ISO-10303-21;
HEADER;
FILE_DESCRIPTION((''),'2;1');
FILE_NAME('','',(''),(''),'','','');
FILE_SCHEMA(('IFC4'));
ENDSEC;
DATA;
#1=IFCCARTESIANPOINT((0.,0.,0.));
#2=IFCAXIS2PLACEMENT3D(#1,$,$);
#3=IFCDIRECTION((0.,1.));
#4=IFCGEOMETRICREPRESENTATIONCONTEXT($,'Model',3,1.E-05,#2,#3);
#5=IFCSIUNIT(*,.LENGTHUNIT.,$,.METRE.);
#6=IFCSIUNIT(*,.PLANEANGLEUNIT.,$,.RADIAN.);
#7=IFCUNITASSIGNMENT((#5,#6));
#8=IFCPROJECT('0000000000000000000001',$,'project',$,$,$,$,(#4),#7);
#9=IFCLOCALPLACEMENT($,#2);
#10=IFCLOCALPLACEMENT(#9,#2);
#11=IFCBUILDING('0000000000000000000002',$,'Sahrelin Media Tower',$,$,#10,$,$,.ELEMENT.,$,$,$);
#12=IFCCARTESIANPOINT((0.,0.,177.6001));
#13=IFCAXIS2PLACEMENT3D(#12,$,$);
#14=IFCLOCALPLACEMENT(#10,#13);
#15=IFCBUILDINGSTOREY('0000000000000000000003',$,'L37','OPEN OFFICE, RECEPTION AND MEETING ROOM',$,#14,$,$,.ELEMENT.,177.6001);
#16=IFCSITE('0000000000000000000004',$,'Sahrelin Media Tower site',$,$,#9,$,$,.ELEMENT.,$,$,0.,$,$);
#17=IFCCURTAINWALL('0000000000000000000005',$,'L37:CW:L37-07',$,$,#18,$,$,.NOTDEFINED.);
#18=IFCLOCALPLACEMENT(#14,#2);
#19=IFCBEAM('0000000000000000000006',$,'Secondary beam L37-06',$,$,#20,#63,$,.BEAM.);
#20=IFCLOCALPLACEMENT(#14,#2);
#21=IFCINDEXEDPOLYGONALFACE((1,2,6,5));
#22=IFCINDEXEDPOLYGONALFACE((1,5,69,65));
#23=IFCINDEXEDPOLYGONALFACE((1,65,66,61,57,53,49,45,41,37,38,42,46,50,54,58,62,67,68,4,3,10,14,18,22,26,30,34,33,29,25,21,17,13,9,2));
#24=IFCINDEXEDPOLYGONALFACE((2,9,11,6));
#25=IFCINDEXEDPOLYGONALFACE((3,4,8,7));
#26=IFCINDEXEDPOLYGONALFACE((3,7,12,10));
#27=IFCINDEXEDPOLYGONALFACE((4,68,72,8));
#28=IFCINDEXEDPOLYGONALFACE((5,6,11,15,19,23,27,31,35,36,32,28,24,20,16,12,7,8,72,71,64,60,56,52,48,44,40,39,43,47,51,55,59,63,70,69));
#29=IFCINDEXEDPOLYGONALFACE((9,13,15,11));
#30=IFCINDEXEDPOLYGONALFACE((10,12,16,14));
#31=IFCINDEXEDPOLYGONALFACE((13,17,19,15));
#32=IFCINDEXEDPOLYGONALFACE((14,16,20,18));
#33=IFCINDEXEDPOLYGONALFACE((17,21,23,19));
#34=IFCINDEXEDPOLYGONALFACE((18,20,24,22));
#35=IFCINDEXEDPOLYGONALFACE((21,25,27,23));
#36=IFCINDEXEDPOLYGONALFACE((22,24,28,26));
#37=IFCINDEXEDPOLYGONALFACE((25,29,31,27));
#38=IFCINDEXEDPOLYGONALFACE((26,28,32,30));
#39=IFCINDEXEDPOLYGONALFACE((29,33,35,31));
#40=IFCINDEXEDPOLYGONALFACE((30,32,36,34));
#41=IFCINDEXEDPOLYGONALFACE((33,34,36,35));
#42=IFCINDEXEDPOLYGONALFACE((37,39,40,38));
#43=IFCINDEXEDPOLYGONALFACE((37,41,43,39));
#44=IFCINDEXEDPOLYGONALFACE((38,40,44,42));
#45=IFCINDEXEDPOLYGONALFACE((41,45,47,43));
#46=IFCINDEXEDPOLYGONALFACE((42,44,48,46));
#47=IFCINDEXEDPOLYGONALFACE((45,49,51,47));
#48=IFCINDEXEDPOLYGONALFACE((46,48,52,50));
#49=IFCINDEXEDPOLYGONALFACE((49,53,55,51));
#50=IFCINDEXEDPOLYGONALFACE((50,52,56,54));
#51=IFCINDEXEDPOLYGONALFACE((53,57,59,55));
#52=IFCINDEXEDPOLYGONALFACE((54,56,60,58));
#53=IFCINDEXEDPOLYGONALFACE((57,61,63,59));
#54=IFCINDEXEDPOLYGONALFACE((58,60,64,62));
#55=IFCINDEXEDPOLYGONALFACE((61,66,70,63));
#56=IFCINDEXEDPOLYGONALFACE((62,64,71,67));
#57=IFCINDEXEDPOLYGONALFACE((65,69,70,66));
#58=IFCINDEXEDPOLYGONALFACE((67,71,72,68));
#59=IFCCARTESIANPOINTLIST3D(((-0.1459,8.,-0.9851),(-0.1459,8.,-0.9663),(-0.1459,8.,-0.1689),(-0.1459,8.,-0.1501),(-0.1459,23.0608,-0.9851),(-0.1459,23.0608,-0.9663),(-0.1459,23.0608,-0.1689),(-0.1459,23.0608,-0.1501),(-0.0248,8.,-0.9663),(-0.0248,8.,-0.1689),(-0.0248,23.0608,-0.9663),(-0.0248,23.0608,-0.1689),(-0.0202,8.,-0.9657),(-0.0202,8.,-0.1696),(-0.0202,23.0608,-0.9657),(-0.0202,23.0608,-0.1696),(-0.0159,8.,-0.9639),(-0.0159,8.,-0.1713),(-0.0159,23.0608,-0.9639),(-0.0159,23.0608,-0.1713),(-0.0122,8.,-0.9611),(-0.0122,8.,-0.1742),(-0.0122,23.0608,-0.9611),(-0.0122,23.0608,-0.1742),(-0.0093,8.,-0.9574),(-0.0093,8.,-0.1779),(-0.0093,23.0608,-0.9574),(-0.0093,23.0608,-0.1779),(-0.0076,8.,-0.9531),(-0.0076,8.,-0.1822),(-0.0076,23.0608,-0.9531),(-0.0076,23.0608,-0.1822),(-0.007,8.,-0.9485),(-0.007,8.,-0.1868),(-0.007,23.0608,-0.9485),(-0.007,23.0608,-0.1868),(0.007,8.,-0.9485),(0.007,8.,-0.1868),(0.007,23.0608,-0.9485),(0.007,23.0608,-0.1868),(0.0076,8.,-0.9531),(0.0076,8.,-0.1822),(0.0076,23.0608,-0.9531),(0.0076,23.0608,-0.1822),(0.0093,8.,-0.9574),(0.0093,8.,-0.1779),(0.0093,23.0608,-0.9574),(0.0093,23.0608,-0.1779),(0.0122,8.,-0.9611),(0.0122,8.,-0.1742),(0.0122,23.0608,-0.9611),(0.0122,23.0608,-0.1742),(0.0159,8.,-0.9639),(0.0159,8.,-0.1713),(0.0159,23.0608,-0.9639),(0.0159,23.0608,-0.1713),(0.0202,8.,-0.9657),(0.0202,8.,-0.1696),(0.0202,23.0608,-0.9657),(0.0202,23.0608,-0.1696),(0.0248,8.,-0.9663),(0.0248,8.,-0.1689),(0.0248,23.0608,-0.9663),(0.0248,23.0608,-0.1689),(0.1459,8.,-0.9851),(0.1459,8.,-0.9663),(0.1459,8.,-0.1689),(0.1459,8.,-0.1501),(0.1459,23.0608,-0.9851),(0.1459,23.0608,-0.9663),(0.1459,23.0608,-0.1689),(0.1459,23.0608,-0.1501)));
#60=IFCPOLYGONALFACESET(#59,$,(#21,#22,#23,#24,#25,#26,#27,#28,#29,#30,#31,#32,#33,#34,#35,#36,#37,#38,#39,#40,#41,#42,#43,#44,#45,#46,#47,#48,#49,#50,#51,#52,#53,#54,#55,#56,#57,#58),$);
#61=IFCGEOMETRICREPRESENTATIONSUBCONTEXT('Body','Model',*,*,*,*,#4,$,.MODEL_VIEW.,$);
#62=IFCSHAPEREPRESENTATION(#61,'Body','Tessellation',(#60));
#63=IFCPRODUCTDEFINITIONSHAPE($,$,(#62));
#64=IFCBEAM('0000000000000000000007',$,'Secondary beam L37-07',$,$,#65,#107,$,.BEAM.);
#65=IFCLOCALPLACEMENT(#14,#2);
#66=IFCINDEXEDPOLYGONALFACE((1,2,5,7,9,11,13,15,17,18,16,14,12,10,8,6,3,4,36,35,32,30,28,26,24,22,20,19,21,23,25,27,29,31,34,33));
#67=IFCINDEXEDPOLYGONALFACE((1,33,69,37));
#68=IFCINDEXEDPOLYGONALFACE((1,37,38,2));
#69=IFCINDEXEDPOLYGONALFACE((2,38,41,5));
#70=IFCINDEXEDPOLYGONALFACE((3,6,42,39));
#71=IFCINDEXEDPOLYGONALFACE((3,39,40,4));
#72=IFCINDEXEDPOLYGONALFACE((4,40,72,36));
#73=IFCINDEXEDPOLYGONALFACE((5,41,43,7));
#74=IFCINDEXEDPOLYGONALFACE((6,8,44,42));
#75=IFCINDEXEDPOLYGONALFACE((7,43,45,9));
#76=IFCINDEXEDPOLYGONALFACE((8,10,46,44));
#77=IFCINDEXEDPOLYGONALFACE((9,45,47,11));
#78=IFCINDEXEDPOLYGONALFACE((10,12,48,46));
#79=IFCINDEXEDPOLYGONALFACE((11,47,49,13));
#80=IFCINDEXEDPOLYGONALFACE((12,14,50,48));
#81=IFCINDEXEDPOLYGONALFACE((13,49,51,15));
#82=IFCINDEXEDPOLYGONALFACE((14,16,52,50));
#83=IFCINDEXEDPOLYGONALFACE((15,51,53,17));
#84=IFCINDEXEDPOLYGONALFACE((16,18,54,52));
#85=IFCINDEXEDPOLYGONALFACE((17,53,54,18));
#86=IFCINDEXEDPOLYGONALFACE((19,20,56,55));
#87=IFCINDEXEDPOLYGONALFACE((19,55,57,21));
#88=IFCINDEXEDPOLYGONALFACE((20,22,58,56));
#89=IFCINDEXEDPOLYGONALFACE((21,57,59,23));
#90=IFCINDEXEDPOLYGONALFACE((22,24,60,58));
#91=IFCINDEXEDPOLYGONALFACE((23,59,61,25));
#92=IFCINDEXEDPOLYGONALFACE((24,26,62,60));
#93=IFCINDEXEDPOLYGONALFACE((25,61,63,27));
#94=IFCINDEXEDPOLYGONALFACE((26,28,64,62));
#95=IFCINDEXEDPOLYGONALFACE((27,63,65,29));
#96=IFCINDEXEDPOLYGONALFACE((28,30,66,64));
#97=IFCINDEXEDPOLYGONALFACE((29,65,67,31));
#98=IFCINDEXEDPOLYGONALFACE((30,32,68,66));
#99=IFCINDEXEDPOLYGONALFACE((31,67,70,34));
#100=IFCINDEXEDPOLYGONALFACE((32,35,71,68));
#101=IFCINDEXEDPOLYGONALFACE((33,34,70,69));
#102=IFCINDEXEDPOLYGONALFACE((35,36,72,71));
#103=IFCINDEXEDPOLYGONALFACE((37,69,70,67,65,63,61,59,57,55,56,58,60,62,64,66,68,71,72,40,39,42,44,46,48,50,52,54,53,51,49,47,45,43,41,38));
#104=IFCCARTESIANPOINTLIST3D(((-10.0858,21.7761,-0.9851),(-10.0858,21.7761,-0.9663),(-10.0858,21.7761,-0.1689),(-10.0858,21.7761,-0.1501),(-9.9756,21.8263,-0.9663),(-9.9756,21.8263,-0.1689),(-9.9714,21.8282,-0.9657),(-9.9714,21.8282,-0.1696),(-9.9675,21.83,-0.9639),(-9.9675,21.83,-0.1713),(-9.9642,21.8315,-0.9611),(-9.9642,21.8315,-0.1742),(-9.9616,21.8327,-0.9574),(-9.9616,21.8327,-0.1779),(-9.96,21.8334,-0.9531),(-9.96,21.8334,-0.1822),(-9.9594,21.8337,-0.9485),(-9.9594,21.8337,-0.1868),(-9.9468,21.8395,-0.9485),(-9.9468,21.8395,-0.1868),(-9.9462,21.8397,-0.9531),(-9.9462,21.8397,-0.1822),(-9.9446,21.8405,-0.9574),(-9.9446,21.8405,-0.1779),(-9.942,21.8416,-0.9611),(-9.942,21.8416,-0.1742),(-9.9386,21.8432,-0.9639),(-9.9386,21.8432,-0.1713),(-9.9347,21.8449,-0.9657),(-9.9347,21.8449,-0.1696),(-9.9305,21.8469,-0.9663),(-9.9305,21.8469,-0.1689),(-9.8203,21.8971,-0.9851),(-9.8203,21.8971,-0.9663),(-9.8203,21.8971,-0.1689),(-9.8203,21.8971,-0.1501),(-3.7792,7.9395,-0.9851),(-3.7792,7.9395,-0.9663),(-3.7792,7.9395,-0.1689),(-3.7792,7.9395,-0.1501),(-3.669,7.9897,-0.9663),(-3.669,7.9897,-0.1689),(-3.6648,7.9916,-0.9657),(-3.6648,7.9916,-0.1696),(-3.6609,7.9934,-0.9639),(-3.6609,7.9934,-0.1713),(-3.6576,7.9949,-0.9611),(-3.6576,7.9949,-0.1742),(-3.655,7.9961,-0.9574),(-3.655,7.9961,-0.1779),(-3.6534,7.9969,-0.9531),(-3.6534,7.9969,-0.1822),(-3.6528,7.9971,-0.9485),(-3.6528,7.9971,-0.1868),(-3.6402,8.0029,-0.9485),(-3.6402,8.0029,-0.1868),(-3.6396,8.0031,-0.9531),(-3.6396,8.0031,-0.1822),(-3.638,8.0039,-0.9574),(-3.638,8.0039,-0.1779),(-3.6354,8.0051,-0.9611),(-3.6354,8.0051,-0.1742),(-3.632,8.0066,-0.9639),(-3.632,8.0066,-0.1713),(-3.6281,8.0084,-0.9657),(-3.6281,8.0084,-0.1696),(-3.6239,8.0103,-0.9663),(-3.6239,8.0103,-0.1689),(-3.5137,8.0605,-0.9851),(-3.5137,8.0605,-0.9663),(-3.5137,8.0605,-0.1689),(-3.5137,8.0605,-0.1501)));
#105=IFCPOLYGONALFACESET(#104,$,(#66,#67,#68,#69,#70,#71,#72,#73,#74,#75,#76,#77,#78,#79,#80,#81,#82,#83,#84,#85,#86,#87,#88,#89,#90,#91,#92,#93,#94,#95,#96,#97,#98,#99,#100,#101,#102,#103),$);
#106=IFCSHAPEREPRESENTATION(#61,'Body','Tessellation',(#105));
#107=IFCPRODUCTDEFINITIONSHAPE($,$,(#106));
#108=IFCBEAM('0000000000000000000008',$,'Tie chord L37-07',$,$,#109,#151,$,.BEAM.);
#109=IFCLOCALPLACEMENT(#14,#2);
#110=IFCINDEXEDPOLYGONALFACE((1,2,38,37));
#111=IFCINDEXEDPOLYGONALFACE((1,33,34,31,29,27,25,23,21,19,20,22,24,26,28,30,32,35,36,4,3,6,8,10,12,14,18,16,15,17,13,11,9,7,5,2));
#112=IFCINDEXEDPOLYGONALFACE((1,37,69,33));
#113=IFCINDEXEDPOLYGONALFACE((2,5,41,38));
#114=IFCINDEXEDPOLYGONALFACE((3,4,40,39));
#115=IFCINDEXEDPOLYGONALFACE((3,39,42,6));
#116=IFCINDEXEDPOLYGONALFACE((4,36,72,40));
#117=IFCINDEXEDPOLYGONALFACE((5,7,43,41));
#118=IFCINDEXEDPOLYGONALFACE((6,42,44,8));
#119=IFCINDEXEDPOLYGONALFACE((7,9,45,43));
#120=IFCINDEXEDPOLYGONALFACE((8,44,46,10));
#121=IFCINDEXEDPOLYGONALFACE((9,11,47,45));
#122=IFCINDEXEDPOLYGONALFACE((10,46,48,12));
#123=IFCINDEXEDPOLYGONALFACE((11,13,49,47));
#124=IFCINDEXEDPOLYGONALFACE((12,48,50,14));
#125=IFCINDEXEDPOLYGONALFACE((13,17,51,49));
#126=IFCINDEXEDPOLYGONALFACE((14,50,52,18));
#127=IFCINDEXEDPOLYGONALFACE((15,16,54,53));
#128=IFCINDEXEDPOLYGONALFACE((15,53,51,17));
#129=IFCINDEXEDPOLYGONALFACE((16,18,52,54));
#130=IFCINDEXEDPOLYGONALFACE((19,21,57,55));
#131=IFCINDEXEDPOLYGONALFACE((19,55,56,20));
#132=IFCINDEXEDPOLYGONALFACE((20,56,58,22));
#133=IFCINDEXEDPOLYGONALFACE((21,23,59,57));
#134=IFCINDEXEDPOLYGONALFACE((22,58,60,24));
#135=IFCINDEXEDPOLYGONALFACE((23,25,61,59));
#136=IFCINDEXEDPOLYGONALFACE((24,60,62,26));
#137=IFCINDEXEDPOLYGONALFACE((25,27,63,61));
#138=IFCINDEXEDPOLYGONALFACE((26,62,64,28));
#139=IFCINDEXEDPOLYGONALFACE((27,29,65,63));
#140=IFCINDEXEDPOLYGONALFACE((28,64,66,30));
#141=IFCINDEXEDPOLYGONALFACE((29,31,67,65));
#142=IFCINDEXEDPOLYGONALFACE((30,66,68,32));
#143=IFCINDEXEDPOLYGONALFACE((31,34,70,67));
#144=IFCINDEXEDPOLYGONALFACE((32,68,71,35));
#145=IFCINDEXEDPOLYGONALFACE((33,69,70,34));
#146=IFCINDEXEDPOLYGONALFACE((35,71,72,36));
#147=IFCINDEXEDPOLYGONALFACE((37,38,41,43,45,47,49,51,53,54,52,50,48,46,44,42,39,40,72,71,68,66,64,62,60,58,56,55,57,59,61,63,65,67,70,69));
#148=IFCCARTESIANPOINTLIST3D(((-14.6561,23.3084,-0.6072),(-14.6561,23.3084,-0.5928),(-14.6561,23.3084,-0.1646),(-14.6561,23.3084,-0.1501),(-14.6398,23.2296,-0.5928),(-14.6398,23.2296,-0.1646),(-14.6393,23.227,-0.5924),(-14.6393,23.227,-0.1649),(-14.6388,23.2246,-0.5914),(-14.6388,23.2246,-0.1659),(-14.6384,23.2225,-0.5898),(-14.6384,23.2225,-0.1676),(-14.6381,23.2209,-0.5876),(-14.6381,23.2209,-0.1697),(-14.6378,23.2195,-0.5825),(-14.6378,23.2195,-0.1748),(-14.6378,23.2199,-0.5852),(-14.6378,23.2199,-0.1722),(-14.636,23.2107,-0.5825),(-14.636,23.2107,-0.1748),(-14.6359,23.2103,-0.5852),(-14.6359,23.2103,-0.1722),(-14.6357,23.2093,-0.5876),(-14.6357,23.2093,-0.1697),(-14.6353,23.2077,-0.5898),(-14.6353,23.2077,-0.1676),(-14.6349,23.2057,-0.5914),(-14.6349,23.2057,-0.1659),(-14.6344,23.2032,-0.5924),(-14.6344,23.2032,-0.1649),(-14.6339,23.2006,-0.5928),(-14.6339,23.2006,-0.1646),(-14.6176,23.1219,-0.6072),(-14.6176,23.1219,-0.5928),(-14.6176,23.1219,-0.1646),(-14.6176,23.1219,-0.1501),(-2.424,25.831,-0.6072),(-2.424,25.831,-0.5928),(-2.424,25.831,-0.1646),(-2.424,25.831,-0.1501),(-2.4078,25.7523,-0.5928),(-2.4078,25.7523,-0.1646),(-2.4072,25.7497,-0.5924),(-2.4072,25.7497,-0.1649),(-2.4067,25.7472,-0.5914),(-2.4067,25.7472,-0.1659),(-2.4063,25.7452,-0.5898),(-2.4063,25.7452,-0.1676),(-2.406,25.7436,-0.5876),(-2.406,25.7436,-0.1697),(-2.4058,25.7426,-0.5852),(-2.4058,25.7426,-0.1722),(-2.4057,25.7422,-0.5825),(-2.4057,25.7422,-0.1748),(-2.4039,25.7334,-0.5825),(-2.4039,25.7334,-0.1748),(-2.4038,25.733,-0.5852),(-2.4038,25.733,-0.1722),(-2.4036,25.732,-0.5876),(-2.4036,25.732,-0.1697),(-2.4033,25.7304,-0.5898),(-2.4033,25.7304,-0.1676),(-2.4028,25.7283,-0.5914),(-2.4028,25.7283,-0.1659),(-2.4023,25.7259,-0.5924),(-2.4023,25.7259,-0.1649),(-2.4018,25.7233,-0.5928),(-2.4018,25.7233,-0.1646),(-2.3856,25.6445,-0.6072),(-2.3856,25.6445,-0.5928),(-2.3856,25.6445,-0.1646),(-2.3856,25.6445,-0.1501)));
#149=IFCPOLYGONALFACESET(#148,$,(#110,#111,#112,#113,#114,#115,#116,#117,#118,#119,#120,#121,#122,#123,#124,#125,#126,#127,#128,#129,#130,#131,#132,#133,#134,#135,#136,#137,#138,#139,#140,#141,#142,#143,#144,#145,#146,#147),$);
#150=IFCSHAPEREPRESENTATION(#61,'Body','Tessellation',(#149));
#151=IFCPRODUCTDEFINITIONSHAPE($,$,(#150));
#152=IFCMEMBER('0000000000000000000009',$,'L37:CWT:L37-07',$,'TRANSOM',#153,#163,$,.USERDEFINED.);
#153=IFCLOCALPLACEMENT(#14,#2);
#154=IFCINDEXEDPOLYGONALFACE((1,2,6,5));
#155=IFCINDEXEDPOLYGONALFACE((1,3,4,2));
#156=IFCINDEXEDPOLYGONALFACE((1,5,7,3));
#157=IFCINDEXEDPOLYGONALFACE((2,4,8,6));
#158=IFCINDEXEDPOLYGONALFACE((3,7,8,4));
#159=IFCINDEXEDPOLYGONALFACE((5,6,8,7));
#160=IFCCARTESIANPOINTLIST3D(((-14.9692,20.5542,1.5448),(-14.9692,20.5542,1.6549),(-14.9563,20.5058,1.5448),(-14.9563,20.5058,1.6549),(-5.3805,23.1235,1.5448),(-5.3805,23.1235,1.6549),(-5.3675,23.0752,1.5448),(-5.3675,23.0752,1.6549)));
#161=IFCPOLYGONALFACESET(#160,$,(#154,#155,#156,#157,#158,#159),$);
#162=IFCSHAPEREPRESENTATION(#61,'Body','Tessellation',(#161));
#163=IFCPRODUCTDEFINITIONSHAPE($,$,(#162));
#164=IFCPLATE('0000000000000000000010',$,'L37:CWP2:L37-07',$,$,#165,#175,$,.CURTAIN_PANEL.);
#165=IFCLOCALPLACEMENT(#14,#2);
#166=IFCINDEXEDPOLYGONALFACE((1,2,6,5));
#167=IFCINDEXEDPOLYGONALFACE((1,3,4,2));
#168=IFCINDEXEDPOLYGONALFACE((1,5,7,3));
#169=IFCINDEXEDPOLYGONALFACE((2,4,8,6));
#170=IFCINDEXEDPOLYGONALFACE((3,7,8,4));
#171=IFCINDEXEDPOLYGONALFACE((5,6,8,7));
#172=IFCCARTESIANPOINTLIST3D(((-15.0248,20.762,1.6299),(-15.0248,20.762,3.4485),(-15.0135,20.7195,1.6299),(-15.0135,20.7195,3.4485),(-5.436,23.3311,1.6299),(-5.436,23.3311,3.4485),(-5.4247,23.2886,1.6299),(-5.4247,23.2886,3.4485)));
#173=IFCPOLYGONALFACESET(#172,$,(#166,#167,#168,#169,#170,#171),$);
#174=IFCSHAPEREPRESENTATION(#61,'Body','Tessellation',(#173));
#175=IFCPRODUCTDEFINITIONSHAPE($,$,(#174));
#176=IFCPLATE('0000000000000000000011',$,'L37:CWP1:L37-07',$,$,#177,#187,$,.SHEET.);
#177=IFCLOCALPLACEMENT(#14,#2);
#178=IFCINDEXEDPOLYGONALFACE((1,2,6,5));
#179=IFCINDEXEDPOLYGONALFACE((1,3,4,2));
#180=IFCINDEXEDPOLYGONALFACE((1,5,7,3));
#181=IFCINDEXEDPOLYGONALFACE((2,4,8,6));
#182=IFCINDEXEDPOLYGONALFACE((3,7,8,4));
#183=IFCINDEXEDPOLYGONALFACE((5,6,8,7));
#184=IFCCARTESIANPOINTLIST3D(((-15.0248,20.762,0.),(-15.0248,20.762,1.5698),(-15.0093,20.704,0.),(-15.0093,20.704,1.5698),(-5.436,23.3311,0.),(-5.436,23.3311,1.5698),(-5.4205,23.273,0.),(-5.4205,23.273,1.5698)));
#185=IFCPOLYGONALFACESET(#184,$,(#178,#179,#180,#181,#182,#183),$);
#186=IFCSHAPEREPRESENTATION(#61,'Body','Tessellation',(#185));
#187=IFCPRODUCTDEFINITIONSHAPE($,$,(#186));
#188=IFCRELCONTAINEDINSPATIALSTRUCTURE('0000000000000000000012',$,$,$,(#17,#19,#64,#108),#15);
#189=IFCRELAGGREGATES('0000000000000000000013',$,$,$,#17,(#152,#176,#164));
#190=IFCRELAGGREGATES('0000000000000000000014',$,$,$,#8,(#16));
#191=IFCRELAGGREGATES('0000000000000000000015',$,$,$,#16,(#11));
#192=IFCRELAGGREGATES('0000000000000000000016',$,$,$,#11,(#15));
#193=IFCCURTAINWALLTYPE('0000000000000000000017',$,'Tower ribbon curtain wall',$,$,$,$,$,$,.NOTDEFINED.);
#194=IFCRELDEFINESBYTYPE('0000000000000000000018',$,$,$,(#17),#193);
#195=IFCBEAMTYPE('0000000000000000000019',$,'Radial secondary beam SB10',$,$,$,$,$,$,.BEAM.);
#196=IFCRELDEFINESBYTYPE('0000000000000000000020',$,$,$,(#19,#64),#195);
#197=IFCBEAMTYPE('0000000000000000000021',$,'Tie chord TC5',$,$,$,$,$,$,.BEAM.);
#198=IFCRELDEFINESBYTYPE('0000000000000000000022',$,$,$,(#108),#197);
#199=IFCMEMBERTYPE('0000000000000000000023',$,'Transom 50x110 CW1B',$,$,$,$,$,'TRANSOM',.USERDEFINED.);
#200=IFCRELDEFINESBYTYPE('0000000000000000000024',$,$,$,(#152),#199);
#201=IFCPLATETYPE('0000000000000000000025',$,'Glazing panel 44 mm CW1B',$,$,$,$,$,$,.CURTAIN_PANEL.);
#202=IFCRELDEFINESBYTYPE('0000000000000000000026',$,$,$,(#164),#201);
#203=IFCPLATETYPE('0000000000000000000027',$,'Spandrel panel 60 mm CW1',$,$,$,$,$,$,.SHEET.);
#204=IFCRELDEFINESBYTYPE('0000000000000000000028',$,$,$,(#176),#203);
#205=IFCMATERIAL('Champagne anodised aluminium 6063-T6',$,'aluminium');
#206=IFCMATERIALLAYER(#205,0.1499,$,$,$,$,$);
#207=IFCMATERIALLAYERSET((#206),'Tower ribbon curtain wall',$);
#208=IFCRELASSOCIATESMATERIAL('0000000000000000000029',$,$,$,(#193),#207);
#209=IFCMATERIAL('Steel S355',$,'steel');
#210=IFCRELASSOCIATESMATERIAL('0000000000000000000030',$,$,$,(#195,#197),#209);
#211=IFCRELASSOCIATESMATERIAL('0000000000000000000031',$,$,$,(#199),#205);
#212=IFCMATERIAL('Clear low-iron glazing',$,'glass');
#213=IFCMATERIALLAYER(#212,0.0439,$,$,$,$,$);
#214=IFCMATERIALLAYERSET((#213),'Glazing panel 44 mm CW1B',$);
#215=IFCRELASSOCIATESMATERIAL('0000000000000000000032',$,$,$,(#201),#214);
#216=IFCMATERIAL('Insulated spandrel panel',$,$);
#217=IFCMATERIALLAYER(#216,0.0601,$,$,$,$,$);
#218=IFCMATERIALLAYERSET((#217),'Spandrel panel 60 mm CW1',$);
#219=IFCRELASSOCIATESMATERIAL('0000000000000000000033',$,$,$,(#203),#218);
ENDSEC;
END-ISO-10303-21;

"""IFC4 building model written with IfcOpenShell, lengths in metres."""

from ifc_helpers import new_model, si_unit, direction, frame, origin, origin_2d, place, context, subcontext, project, spatial, polyline, rectangle, i_section, outline, extrude, material, layer, layer_set, material_profile, profile_set, type_object, element, aggregate, save


model = new_model("IFC4")

# Units and contexts
model_context = context("Model", 3, precision=1e-05, world=origin(), true_north=direction((0.0, 1.0)))
body_context = subcontext(model_context, "Body", "Model", "MODEL_VIEW")
ifc_project = project(units=[si_unit("LENGTHUNIT", "METRE"), si_unit("PLANEANGLEUNIT", "RADIAN")], contexts=[model_context])

# Site, building, storey
site_placement = place(None, origin())
site = spatial("IfcSite", under=ifc_project, at=site_placement, Name="Sahrelin Media Tower site", CompositionType="ELEMENT", RefElevation=0.0)
building_placement = place(site_placement, origin())
building = spatial("IfcBuilding", under=site, at=building_placement, Name="Sahrelin Media Tower", CompositionType="ELEMENT")
storey_placement = place(building_placement, frame((0.0, 0.0, 177.6001)))
storey = spatial("IfcBuildingStorey", under=building, at=storey_placement, Name="L37", Description="OPEN OFFICE, RECEPTION AND MEETING ROOM", CompositionType="ELEMENT", Elevation=177.6001)

# Shared definitions
ifc_material_1 = material(Name="Steel S355", Category="steel")

# Curtain wall
ifc_material_2 = material(Name="Champagne anodised aluminium 6063-T6", Category="aluminium")
ifc_layer_1 = layer(ifc_material_2, 0.1499)
ifc_layer_set_1 = layer_set([ifc_layer_1], Name="Tower ribbon curtain wall")
curtain_wall_type = type_object("IfcCurtainWallType", Name="Tower ribbon curtain wall", PredefinedType="NOTDEFINED", material=ifc_layer_set_1)
curtain_wall_1_placement = place(storey_placement, frame((-10.2251, 22.0271, 0.0), z_axis=(0.0, 0.0, 1.0), x_axis=(1.0, 0.0, 0.0)))
curtain_wall_1 = element("IfcCurtainWall", 1, at=curtain_wall_1_placement, inside=storey, type_object=curtain_wall_type, Name="L37:CW:L37-07", PredefinedType="NOTDEFINED")

# Beams
ifc_material_profile_1 = material_profile(ifc_material_1, i_section(OverallWidth=0.2917, OverallDepth=0.835, WebThickness=0.0139, FlangeThickness=0.0188, FilletRadius=0.0178, at=origin_2d()), Name="UB 838x292x176")
ifc_profile_set_1 = profile_set([ifc_material_profile_1], Name="Steel S355")
beam_type_1 = type_object("IfcBeamType", Name="Radial secondary beam SB10", PredefinedType="BEAM", material=ifc_profile_set_1)
beam_1_placement = place(storey_placement, frame((0.0, 8.0, -0.5676), z_axis=(0.0, 1.0, 0.0), x_axis=(-1.0, 0.0, 0.0)))
element("IfcBeam", 2, at=beam_1_placement, inside=storey, type_object=beam_type_1, Name="Secondary beam L37-06", PredefinedType="BEAM", context=body_context, shape_type="SweptSolid", body=[
    extrude(i_section(OverallWidth=0.2917, OverallDepth=0.835, WebThickness=0.0139, FlangeThickness=0.0188, FilletRadius=0.0178, at=origin_2d()), origin(), (0.0, 0.0, 1.0), 15.0608),
])
beam_2_placement = place(storey_placement, frame((-3.6465, 8.0, -0.5676), z_axis=(-0.414743, 0.909939, 0.0), x_axis=(-0.909939, -0.414743, 0.0)))
element("IfcBeam", 3, at=beam_2_placement, inside=storey, type_object=beam_type_1, Name="Secondary beam L37-07", PredefinedType="BEAM", context=body_context, shape_type="SweptSolid", body=[
    extrude(i_section(OverallWidth=0.2917, OverallDepth=0.835, WebThickness=0.0139, FlangeThickness=0.0188, FilletRadius=0.0178, at=origin_2d()), origin(), (0.0, 0.0, 1.0), 15.2061),
])
ifc_material_profile_2 = material_profile(ifc_material_1, i_section(OverallWidth=0.1904, OverallDepth=0.457, WebThickness=0.009, FlangeThickness=0.0144, FilletRadius=0.0103, at=origin_2d()), Name="UB 457x191x74")
ifc_profile_set_2 = profile_set([ifc_material_profile_2], Name="Steel S355")
beam_type_2 = type_object("IfcBeamType", Name="Tie chord TC5", PredefinedType="BEAM", material=ifc_profile_set_2)
beam_3_placement = place(storey_placement, frame((-2.4048, 25.7378, -0.3787), z_axis=(-0.979389, -0.201984, 0.0), x_axis=(0.201984, -0.979389, 0.0)))
element("IfcBeam", 4, at=beam_3_placement, inside=storey, type_object=beam_type_2, Name="Tie chord L37-07", PredefinedType="BEAM", context=body_context, shape_type="SweptSolid", body=[
    extrude(i_section(OverallWidth=0.1904, OverallDepth=0.457, WebThickness=0.009, FlangeThickness=0.0144, FilletRadius=0.0103, at=origin_2d()), origin(), (0.0, 0.0, 1.0), 12.4895),
])

# Member
ifc_material_profile_3 = material_profile(ifc_material_2, rectangle(XDim=0.05, YDim=0.1101, at=origin_2d()), Name="Transom 50x110")
ifc_profile_set_3 = profile_set([ifc_material_profile_3], Name="Champagne anodised aluminium 6063-T6")
member_type_1 = type_object("IfcMemberType", Name="Transom 50x110 CW1B", ElementType="TRANSOM", PredefinedType="USERDEFINED", material=ifc_profile_set_3)
member_1_placement = place(storey_placement, frame((-5.374, 23.0994, 1.5999), z_axis=(-0.965924, -0.258826, 0.0), x_axis=(0.258826, -0.965924, 0.0)))
member_1 = element("IfcMember", 5, at=member_1_placement, type_object=member_type_1, Name="L37:CWT:L37-07", ObjectType="TRANSOM", PredefinedType="USERDEFINED", context=body_context, shape_type="SweptSolid", body=[
    extrude(rectangle(XDim=0.05, YDim=0.1101, at=origin_2d()), origin(), (0.0, 0.0, 1.0), 9.927),
])

# Plates
ifc_material_3 = material(Name="Clear low-iron glazing", Category="glass")
ifc_layer_2 = layer(ifc_material_3, 0.0439)
ifc_layer_set_2 = layer_set([ifc_layer_2], Name="Glazing panel 44 mm CW1B")
plate_type_1 = type_object("IfcPlateType", Name="Glazing panel 44 mm CW1B", PredefinedType="CURTAIN_PANEL", material=ifc_layer_set_2)
plate_1_placement = place(storey_placement, frame((-5.436, 23.3311, 1.6299), z_axis=(-0.258797, 0.965932, 0.0), x_axis=(-0.965932, -0.258797, 0.0)))
plate_1 = element("IfcPlate", 6, at=plate_1_placement, type_object=plate_type_1, Name="L37:CWP2:L37-07", PredefinedType="CURTAIN_PANEL", context=body_context, shape_type="SweptSolid", body=[
    extrude(outline(polyline([(0.0, 0.0), (9.927, 0.0), (9.927, 1.8186), (0.0, 1.8186), (0.0, 0.0)])), origin(), (0.0, 0.0, -1.0), 0.0439),
])
ifc_material_4 = material(Name="Insulated spandrel panel")
ifc_layer_3 = layer(ifc_material_4, 0.0601)
ifc_layer_set_3 = layer_set([ifc_layer_3], Name="Spandrel panel 60 mm CW1")
plate_type_2 = type_object("IfcPlateType", Name="Spandrel panel 60 mm CW1", PredefinedType="SHEET", material=ifc_layer_set_3)
plate_2_placement = place(storey_placement, frame((-5.436, 23.3311, 0.0), z_axis=(-0.258797, 0.965932, 0.0), x_axis=(-0.965932, -0.258797, 0.0)))
plate_2 = element("IfcPlate", 7, at=plate_2_placement, type_object=plate_type_2, Name="L37:CWP1:L37-07", PredefinedType="SHEET", context=body_context, shape_type="SweptSolid", body=[
    extrude(outline(polyline([(0.0, 0.0), (9.927, 0.0), (9.927, 1.5698), (0.0, 1.5698), (0.0, 0.0)])), origin(), (0.0, 0.0, -1.0), 0.0601),
])
aggregate(curtain_wall_1, [member_1, plate_2, plate_1])

save(model, "model.ifc")
